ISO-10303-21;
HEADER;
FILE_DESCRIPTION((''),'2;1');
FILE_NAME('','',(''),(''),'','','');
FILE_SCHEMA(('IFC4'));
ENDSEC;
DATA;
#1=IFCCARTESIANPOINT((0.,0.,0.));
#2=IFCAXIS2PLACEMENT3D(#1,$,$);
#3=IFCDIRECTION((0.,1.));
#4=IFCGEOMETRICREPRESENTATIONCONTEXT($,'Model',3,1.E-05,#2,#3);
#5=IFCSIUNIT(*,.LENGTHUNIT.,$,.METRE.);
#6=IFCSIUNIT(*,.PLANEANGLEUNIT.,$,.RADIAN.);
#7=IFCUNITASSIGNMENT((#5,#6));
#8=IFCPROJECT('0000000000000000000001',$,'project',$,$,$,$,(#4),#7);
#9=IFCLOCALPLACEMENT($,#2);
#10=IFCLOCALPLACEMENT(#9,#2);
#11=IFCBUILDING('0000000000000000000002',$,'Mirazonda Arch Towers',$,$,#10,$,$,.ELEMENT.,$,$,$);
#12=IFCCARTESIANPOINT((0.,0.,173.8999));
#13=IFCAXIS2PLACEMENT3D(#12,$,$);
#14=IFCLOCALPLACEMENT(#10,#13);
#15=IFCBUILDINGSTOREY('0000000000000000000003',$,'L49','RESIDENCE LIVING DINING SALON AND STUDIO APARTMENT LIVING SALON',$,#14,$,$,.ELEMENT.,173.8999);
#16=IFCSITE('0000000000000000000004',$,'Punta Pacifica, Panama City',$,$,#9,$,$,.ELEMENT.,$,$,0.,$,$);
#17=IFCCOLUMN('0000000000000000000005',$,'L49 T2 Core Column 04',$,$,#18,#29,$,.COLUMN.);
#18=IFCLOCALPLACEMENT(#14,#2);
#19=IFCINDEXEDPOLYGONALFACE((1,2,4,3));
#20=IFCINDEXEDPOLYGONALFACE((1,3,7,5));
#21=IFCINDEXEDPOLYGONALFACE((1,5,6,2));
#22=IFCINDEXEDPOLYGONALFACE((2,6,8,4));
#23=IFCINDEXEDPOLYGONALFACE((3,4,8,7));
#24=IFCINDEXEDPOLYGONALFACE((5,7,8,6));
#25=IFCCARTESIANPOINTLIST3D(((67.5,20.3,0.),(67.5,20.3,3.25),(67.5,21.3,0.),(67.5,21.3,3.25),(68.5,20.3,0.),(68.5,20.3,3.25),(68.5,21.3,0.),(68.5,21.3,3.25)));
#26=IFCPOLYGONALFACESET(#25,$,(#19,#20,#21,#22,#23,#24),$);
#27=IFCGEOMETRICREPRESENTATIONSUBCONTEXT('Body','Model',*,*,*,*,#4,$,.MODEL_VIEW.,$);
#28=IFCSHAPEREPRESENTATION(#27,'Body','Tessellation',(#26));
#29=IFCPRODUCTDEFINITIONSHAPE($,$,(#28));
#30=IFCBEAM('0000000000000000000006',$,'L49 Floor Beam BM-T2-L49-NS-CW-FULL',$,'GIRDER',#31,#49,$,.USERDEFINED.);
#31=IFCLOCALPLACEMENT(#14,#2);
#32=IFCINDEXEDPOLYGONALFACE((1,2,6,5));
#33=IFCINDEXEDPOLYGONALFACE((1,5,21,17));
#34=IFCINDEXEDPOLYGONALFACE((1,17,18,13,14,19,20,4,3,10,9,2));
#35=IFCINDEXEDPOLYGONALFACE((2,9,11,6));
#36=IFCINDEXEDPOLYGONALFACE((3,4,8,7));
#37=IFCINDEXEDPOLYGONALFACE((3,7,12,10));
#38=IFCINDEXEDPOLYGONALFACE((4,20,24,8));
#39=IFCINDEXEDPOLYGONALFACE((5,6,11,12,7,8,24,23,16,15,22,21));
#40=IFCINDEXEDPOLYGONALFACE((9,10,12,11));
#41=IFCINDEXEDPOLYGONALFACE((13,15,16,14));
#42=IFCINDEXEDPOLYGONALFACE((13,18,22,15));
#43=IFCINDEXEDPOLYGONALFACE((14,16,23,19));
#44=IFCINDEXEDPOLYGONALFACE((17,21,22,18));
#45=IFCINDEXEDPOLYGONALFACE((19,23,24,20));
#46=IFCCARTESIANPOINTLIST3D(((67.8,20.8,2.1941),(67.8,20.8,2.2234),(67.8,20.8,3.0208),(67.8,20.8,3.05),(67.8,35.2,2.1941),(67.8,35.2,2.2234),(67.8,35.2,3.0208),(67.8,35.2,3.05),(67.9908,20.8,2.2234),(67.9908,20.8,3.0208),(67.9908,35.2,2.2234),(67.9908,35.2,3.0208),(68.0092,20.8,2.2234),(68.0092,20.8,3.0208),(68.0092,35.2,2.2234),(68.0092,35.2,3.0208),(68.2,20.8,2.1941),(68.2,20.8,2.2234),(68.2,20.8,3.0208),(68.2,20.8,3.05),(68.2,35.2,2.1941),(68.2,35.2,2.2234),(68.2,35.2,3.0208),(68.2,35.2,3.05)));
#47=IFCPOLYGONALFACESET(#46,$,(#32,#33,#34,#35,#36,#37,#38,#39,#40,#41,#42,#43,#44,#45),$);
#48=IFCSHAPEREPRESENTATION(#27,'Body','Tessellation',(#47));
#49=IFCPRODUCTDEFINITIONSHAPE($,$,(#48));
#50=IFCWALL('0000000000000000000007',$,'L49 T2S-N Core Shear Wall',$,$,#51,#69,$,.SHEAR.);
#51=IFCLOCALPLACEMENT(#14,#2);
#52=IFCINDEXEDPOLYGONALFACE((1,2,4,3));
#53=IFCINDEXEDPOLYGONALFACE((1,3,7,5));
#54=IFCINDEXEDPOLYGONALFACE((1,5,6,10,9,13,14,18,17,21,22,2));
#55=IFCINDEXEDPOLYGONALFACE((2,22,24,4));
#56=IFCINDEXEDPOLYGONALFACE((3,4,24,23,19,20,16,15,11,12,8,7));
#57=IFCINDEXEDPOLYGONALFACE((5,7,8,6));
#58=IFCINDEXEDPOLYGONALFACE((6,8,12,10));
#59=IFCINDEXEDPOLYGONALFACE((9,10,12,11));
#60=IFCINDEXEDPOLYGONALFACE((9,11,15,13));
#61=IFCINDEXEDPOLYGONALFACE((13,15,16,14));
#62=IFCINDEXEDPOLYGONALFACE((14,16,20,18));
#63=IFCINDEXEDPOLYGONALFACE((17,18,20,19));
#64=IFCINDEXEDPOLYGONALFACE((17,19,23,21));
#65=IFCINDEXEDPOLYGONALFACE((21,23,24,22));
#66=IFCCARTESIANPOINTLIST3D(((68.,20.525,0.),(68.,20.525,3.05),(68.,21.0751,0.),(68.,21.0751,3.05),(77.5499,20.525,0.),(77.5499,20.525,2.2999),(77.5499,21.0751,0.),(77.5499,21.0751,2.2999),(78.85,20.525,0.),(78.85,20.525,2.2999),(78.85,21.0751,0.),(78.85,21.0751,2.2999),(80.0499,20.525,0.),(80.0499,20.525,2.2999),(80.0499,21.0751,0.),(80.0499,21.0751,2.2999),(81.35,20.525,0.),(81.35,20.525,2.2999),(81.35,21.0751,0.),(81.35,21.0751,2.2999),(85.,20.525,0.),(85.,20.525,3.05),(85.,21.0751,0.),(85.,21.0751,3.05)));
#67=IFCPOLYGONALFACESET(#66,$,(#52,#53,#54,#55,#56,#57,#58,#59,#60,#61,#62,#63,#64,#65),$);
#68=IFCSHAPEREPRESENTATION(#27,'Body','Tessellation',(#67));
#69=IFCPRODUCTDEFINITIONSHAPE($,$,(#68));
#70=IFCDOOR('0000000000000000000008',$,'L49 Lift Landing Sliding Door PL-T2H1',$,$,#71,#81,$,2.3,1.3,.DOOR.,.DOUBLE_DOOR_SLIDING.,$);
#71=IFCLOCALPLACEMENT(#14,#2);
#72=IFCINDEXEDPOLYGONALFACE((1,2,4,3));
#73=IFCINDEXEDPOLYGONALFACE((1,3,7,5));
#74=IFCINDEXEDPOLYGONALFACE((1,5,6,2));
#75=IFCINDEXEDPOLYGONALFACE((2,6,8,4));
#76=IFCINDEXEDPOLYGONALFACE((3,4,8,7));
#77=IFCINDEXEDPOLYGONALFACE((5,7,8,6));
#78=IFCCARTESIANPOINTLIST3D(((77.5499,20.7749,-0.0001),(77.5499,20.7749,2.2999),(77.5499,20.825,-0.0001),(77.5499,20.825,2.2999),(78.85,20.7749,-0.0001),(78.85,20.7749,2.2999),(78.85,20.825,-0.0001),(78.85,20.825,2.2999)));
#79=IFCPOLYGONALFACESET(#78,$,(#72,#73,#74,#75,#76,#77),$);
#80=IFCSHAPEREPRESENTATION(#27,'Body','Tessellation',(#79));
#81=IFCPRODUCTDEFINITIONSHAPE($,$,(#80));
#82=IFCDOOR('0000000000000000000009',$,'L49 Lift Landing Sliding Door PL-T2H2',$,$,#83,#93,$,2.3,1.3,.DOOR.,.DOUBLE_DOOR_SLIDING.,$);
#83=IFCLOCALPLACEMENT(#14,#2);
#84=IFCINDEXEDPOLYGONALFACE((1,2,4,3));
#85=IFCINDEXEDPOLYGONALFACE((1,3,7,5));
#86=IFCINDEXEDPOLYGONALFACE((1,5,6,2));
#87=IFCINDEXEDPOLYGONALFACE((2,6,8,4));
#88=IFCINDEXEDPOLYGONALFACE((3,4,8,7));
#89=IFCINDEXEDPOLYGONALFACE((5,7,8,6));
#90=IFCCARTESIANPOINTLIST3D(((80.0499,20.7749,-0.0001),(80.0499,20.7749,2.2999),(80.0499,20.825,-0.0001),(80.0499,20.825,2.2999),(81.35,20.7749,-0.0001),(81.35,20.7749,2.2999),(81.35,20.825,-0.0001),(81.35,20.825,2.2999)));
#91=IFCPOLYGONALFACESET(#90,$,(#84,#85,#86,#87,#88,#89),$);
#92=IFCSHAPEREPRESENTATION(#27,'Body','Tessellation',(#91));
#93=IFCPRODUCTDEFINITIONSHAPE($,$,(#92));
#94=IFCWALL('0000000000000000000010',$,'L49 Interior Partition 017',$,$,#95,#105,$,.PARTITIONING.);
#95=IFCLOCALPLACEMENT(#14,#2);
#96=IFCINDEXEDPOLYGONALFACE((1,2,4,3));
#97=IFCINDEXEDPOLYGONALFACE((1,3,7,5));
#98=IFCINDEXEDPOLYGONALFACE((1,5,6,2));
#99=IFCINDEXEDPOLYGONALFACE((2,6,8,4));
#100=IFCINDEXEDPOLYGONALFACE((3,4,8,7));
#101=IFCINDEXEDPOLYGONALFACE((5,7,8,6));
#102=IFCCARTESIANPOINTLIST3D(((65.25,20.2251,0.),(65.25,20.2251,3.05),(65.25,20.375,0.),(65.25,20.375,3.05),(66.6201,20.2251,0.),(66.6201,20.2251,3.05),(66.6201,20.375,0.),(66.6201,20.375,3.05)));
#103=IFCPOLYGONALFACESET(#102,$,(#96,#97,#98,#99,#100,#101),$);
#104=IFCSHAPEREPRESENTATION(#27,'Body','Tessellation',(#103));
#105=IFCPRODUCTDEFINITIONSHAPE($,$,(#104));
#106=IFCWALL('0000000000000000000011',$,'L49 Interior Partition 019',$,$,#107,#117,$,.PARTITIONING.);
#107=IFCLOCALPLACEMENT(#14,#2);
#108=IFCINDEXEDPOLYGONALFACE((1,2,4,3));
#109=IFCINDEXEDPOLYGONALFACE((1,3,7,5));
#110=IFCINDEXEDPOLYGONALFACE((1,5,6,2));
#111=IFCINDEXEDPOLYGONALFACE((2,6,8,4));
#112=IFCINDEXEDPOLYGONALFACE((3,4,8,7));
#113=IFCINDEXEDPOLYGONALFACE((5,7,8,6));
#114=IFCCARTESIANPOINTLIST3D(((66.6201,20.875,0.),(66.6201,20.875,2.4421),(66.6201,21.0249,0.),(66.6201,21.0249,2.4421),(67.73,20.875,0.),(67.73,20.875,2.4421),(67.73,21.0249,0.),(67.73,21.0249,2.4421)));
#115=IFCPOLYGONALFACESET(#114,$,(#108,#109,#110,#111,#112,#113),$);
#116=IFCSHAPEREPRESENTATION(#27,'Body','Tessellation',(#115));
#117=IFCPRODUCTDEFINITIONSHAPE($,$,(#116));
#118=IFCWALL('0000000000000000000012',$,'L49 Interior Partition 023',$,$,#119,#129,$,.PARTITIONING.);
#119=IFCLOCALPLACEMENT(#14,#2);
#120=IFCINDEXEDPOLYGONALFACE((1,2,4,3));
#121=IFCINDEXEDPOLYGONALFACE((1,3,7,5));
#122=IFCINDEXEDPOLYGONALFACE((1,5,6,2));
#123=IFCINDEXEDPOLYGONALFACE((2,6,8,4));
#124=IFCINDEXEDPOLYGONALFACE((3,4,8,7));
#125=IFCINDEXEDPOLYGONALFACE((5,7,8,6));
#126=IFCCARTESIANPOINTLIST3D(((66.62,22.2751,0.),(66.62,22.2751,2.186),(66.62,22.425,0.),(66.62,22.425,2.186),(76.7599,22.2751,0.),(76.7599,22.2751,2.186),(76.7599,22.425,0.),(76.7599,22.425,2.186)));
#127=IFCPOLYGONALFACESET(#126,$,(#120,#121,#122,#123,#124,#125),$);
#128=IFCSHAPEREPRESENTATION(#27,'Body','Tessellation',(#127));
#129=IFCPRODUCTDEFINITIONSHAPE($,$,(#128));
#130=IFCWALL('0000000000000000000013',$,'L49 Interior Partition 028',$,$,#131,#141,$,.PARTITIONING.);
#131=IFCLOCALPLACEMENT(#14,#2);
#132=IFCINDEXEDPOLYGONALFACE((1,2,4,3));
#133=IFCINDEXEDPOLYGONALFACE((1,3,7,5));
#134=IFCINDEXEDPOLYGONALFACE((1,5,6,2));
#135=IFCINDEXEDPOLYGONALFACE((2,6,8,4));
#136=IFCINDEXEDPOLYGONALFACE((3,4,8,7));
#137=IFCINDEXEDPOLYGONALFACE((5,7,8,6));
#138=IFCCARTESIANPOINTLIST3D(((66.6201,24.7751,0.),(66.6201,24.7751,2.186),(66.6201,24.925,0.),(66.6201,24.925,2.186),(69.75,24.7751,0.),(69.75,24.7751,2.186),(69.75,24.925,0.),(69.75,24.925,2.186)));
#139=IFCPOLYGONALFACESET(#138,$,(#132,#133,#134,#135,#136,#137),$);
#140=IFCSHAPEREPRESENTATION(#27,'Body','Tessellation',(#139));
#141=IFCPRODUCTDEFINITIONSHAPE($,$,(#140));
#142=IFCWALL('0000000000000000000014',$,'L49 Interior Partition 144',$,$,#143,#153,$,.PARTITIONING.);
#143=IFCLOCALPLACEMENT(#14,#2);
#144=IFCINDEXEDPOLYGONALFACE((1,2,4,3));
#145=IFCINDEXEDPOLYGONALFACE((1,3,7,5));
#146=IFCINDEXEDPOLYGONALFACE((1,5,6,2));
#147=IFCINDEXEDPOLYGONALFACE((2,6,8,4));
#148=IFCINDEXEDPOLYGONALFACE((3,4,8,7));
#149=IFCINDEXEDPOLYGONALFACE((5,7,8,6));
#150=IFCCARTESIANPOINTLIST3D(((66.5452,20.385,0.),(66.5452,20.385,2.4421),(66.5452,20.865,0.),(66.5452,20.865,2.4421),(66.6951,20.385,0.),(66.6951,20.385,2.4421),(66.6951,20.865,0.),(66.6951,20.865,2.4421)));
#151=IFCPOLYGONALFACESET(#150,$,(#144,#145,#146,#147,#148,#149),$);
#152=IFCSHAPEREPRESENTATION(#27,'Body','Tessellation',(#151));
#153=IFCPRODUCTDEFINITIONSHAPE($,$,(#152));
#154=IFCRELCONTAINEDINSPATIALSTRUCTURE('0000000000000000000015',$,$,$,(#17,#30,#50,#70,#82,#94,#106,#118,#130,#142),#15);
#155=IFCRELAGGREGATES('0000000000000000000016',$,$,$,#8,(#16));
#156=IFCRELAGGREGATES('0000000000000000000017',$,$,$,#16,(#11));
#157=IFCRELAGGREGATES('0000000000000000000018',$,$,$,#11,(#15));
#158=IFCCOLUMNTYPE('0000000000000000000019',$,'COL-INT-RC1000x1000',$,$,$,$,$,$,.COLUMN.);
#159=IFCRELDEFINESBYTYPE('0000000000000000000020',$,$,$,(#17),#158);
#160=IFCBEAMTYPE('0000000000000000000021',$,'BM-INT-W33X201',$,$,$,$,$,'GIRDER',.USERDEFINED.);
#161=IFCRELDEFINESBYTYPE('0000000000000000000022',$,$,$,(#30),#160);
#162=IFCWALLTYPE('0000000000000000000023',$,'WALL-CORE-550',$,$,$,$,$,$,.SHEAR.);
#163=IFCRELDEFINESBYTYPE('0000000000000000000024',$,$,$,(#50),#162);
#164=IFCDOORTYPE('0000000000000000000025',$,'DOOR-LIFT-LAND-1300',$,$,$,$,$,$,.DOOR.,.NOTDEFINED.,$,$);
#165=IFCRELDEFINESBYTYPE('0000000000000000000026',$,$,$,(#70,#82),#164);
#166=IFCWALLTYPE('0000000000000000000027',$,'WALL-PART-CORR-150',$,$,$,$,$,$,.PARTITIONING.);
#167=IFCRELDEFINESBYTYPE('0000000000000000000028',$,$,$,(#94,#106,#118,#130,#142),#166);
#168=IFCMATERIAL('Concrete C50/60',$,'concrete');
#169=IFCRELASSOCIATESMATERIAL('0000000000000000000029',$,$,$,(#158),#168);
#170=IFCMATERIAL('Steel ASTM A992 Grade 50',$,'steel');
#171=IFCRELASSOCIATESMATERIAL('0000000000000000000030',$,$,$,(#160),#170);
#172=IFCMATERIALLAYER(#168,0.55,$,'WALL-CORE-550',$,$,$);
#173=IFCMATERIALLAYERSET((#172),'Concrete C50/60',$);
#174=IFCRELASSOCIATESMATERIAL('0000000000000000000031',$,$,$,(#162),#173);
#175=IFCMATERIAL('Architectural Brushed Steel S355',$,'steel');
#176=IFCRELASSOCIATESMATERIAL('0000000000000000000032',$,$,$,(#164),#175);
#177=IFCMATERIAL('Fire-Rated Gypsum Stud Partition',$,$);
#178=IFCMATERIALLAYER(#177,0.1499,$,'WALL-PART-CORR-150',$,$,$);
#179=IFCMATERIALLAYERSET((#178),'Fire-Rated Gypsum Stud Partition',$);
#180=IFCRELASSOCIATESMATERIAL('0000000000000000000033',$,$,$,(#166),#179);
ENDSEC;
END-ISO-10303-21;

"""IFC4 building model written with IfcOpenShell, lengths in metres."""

from ifc_helpers import new_model, si_unit, direction, frame, frame_2d, origin, origin_2d, place, context, subcontext, project, spatial, rectangle, i_section, extrude, material, layer, layer_set, material_profile, profile_set, type_object, element, fill, save


model = new_model("IFC4")

# Units and contexts
model_context = context("Model", 3, precision=1e-05, world=origin(), true_north=direction((0.0, 1.0)))
body_context = subcontext(model_context, "Body", "Model", "MODEL_VIEW")
ifc_project = project(units=[si_unit("LENGTHUNIT", "METRE"), si_unit("PLANEANGLEUNIT", "RADIAN")], contexts=[model_context])

# Site, building, storey
site_placement = place(None, origin())
site = spatial("IfcSite", under=ifc_project, at=site_placement, Name="Punta Pacifica, Panama City", CompositionType="ELEMENT", RefElevation=0.0)
building_placement = place(site_placement, origin())
building = spatial("IfcBuilding", under=site, at=building_placement, Name="Mirazonda Arch Towers", CompositionType="ELEMENT")
storey_placement = place(building_placement, frame((0.0, 0.0, 173.8999)))
storey = spatial("IfcBuildingStorey", under=building, at=storey_placement, Name="L49", Description="RESIDENCE LIVING DINING SALON AND STUDIO APARTMENT LIVING SALON", CompositionType="ELEMENT", Elevation=173.8999)

# Column
ifc_material_1 = material(Name="Concrete C50/60", Category="concrete")
ifc_material_profile_1 = material_profile(ifc_material_1, rectangle(XDim=1.0, YDim=1.0, at=origin_2d()), Name="RC1000x1000")
ifc_profile_set_1 = profile_set([ifc_material_profile_1], Name="Concrete C50/60")
column_type = type_object("IfcColumnType", Name="COL-INT-RC1000x1000", PredefinedType="COLUMN", material=ifc_profile_set_1)
column_placement = place(storey_placement, frame((68.0, 20.8, 0.0), z_axis=(0.0, 0.0, 1.0), x_axis=(1.0, 0.0, 0.0)))
element("IfcColumn", 1, at=column_placement, inside=storey, type_object=column_type, Name="L49 T2 Core Column 04", PredefinedType="COLUMN", context=body_context, shape_type="SweptSolid", body=[
    extrude(rectangle(XDim=1.0, YDim=1.0, at=origin_2d()), origin(), (0.0, 0.0, 1.0), 3.25),
])

# Beam
ifc_material_2 = material(Name="Steel ASTM A992 Grade 50", Category="steel")
ifc_material_profile_2 = material_profile(ifc_material_2, i_section(OverallWidth=0.3999, OverallDepth=0.856, WebThickness=0.0183, FlangeThickness=0.0293, at=origin_2d()), Name="W33X201")
ifc_profile_set_2 = profile_set([ifc_material_profile_2], Name="Steel ASTM A992 Grade 50")
beam_type = type_object("IfcBeamType", Name="BM-INT-W33X201", ElementType="GIRDER", PredefinedType="USERDEFINED", material=ifc_profile_set_2)
beam_placement = place(storey_placement, frame((68.0, 20.8, 2.6221), z_axis=(0.0, 1.0, 0.0), x_axis=(-1.0, 0.0, 0.0)))
element("IfcBeam", 2, at=beam_placement, inside=storey, type_object=beam_type, Name="L49 Floor Beam BM-T2-L49-NS-CW-FULL", ObjectType="GIRDER", PredefinedType="USERDEFINED", context=body_context, shape_type="SweptSolid", body=[
    extrude(i_section(OverallWidth=0.3999, OverallDepth=0.856, WebThickness=0.0183, FlangeThickness=0.0293, at=origin_2d()), origin(), (0.0, 0.0, 1.0), 14.3999),
])

# Wall, openings, doors
ifc_layer_1 = layer(ifc_material_1, 0.55, Name="WALL-CORE-550")
ifc_layer_set_1 = layer_set([ifc_layer_1], Name="Concrete C50/60")
wall_type_1 = type_object("IfcWallType", Name="WALL-CORE-550", PredefinedType="SHEAR", material=ifc_layer_set_1)
wall_1_placement = place(storey_placement, frame((68.0, 20.8, 0.0), z_axis=(0.0, 0.0, 1.0), x_axis=(1.0, 0.0, 0.0)))
wall_1 = element("IfcWall", 3, at=wall_1_placement, inside=storey, type_object=wall_type_1, Name="L49 T2S-N Core Shear Wall", PredefinedType="SHEAR", context=body_context, shape_type="SweptSolid", body=[
    extrude(rectangle(XDim=17.0, YDim=0.55, at=frame_2d((8.5, 0.0))), origin(), (0.0, 0.0, 1.0), 3.05),
])
opening_1_placement = place(wall_1_placement, frame((9.55, 0.0, 0.0)))
opening_1 = element("IfcOpeningElement", 4, at=opening_1_placement, cuts=wall_1, PredefinedType="OPENING", context=body_context, shape_type="SweptSolid", body=[
    extrude(rectangle(XDim=1.3, YDim=2.3, at=frame_2d((0.6499, 1.1499))), frame((0.0, 0.2849, 0.0), z_axis=(0.0, -1.0, 0.0), x_axis=(1.0, 0.0, 0.0)), (0.0, 0.0, 1.0), 0.5701),
])
opening_2_placement = place(wall_1_placement, frame((12.05, 0.0, 0.0)))
opening_2 = element("IfcOpeningElement", 5, at=opening_2_placement, cuts=wall_1, PredefinedType="OPENING", context=body_context, shape_type="SweptSolid", body=[
    extrude(rectangle(XDim=1.3, YDim=2.3, at=frame_2d((0.6499, 1.1499))), frame((0.0, 0.2849, 0.0), z_axis=(0.0, -1.0, 0.0), x_axis=(1.0, 0.0, 0.0)), (0.0, 0.0, 1.0), 0.5701),
])
ifc_material_3 = material(Name="Architectural Brushed Steel S355", Category="steel")
door_type_1 = type_object("IfcDoorType", Name="DOOR-LIFT-LAND-1300", OperationType="NOTDEFINED", PredefinedType="DOOR", material=ifc_material_3)
door_1_placement = place(opening_1_placement, origin())
door_1 = element("IfcDoor", 6, at=door_1_placement, inside=storey, type_object=door_type_1, Name="L49 Lift Landing Sliding Door PL-T2H1", OperationType="DOUBLE_DOOR_SLIDING", OverallHeight=2.3, OverallWidth=1.3, PredefinedType="DOOR", context=body_context, shape_type="SweptSolid", body=[
    extrude(rectangle(XDim=1.3, YDim=2.3, at=frame_2d((0.6499, 1.1499))), frame((0.0, 0.0249, 0.0), z_axis=(0.0, -1.0, 0.0), x_axis=(1.0, 0.0, 0.0)), (0.0, 0.0, 1.0), 0.05),
])
fill(opening_1, door_1)
door_2_placement = place(opening_2_placement, origin())
door_2 = element("IfcDoor", 7, at=door_2_placement, inside=storey, type_object=door_type_1, Name="L49 Lift Landing Sliding Door PL-T2H2", OperationType="DOUBLE_DOOR_SLIDING", OverallHeight=2.3, OverallWidth=1.3, PredefinedType="DOOR", context=body_context, shape_type="SweptSolid", body=[
    extrude(rectangle(XDim=1.3, YDim=2.3, at=frame_2d((0.6499, 1.1499))), frame((0.0, 0.0249, 0.0), z_axis=(0.0, -1.0, 0.0), x_axis=(1.0, 0.0, 0.0)), (0.0, 0.0, 1.0), 0.05),
])
fill(opening_2, door_2)

# Walls
ifc_material_4 = material(Name="Fire-Rated Gypsum Stud Partition")
ifc_layer_2 = layer(ifc_material_4, 0.1499, Name="WALL-PART-CORR-150")
ifc_layer_set_2 = layer_set([ifc_layer_2], Name="Fire-Rated Gypsum Stud Partition")
wall_type_2 = type_object("IfcWallType", Name="WALL-PART-CORR-150", PredefinedType="PARTITIONING", material=ifc_layer_set_2)
wall_2_placement = place(storey_placement, frame((65.25, 20.3, 0.0), z_axis=(0.0, 0.0, 1.0), x_axis=(1.0, 0.0, 0.0)))
element("IfcWall", 8, at=wall_2_placement, inside=storey, type_object=wall_type_2, Name="L49 Interior Partition 017", PredefinedType="PARTITIONING", context=body_context, shape_type="SweptSolid", body=[
    extrude(rectangle(XDim=1.3701, YDim=0.1499, at=frame_2d((0.6851, 0.0))), origin(), (0.0, 0.0, 1.0), 3.05),
])
wall_3_placement = place(storey_placement, frame((66.6201, 20.95, 0.0), z_axis=(0.0, 0.0, 1.0), x_axis=(1.0, 0.0, 0.0)))
element("IfcWall", 9, at=wall_3_placement, inside=storey, type_object=wall_type_2, Name="L49 Interior Partition 019", PredefinedType="PARTITIONING", context=body_context, shape_type="SweptSolid", body=[
    extrude(rectangle(XDim=1.1099, YDim=0.1499, at=frame_2d((0.5549, 0.0))), origin(), (0.0, 0.0, 1.0), 2.4421),
])
wall_4_placement = place(storey_placement, frame((66.6201, 22.3501, 0.0), z_axis=(0.0, 0.0, 1.0), x_axis=(1.0, 0.0, 0.0)))
element("IfcWall", 10, at=wall_4_placement, inside=storey, type_object=wall_type_2, Name="L49 Interior Partition 023", PredefinedType="PARTITIONING", context=body_context, shape_type="SweptSolid", body=[
    extrude(rectangle(XDim=10.1399, YDim=0.1499, at=frame_2d((5.0698, 0.0))), origin(), (0.0, 0.0, 1.0), 2.186),
])
wall_5_placement = place(storey_placement, frame((66.6201, 24.8501, 0.0), z_axis=(0.0, 0.0, 1.0), x_axis=(1.0, 0.0, 0.0)))
element("IfcWall", 11, at=wall_5_placement, inside=storey, type_object=wall_type_2, Name="L49 Interior Partition 028", PredefinedType="PARTITIONING", context=body_context, shape_type="SweptSolid", body=[
    extrude(rectangle(XDim=3.1299, YDim=0.1499, at=frame_2d((1.5649, 0.0))), origin(), (0.0, 0.0, 1.0), 2.186),
])
wall_6_placement = place(storey_placement, frame((66.6201, 20.385, 0.0), z_axis=(0.0, 0.0, 1.0), x_axis=(0.0, 1.0, 0.0)))
element("IfcWall", 12, at=wall_6_placement, inside=storey, type_object=wall_type_2, Name="L49 Interior Partition 144", PredefinedType="PARTITIONING", context=body_context, shape_type="SweptSolid", body=[
    extrude(rectangle(XDim=0.48, YDim=0.1499, at=frame_2d((0.24, 0.0))), origin(), (0.0, 0.0, 1.0), 2.4421),
])

save(model, "model.ifc")
